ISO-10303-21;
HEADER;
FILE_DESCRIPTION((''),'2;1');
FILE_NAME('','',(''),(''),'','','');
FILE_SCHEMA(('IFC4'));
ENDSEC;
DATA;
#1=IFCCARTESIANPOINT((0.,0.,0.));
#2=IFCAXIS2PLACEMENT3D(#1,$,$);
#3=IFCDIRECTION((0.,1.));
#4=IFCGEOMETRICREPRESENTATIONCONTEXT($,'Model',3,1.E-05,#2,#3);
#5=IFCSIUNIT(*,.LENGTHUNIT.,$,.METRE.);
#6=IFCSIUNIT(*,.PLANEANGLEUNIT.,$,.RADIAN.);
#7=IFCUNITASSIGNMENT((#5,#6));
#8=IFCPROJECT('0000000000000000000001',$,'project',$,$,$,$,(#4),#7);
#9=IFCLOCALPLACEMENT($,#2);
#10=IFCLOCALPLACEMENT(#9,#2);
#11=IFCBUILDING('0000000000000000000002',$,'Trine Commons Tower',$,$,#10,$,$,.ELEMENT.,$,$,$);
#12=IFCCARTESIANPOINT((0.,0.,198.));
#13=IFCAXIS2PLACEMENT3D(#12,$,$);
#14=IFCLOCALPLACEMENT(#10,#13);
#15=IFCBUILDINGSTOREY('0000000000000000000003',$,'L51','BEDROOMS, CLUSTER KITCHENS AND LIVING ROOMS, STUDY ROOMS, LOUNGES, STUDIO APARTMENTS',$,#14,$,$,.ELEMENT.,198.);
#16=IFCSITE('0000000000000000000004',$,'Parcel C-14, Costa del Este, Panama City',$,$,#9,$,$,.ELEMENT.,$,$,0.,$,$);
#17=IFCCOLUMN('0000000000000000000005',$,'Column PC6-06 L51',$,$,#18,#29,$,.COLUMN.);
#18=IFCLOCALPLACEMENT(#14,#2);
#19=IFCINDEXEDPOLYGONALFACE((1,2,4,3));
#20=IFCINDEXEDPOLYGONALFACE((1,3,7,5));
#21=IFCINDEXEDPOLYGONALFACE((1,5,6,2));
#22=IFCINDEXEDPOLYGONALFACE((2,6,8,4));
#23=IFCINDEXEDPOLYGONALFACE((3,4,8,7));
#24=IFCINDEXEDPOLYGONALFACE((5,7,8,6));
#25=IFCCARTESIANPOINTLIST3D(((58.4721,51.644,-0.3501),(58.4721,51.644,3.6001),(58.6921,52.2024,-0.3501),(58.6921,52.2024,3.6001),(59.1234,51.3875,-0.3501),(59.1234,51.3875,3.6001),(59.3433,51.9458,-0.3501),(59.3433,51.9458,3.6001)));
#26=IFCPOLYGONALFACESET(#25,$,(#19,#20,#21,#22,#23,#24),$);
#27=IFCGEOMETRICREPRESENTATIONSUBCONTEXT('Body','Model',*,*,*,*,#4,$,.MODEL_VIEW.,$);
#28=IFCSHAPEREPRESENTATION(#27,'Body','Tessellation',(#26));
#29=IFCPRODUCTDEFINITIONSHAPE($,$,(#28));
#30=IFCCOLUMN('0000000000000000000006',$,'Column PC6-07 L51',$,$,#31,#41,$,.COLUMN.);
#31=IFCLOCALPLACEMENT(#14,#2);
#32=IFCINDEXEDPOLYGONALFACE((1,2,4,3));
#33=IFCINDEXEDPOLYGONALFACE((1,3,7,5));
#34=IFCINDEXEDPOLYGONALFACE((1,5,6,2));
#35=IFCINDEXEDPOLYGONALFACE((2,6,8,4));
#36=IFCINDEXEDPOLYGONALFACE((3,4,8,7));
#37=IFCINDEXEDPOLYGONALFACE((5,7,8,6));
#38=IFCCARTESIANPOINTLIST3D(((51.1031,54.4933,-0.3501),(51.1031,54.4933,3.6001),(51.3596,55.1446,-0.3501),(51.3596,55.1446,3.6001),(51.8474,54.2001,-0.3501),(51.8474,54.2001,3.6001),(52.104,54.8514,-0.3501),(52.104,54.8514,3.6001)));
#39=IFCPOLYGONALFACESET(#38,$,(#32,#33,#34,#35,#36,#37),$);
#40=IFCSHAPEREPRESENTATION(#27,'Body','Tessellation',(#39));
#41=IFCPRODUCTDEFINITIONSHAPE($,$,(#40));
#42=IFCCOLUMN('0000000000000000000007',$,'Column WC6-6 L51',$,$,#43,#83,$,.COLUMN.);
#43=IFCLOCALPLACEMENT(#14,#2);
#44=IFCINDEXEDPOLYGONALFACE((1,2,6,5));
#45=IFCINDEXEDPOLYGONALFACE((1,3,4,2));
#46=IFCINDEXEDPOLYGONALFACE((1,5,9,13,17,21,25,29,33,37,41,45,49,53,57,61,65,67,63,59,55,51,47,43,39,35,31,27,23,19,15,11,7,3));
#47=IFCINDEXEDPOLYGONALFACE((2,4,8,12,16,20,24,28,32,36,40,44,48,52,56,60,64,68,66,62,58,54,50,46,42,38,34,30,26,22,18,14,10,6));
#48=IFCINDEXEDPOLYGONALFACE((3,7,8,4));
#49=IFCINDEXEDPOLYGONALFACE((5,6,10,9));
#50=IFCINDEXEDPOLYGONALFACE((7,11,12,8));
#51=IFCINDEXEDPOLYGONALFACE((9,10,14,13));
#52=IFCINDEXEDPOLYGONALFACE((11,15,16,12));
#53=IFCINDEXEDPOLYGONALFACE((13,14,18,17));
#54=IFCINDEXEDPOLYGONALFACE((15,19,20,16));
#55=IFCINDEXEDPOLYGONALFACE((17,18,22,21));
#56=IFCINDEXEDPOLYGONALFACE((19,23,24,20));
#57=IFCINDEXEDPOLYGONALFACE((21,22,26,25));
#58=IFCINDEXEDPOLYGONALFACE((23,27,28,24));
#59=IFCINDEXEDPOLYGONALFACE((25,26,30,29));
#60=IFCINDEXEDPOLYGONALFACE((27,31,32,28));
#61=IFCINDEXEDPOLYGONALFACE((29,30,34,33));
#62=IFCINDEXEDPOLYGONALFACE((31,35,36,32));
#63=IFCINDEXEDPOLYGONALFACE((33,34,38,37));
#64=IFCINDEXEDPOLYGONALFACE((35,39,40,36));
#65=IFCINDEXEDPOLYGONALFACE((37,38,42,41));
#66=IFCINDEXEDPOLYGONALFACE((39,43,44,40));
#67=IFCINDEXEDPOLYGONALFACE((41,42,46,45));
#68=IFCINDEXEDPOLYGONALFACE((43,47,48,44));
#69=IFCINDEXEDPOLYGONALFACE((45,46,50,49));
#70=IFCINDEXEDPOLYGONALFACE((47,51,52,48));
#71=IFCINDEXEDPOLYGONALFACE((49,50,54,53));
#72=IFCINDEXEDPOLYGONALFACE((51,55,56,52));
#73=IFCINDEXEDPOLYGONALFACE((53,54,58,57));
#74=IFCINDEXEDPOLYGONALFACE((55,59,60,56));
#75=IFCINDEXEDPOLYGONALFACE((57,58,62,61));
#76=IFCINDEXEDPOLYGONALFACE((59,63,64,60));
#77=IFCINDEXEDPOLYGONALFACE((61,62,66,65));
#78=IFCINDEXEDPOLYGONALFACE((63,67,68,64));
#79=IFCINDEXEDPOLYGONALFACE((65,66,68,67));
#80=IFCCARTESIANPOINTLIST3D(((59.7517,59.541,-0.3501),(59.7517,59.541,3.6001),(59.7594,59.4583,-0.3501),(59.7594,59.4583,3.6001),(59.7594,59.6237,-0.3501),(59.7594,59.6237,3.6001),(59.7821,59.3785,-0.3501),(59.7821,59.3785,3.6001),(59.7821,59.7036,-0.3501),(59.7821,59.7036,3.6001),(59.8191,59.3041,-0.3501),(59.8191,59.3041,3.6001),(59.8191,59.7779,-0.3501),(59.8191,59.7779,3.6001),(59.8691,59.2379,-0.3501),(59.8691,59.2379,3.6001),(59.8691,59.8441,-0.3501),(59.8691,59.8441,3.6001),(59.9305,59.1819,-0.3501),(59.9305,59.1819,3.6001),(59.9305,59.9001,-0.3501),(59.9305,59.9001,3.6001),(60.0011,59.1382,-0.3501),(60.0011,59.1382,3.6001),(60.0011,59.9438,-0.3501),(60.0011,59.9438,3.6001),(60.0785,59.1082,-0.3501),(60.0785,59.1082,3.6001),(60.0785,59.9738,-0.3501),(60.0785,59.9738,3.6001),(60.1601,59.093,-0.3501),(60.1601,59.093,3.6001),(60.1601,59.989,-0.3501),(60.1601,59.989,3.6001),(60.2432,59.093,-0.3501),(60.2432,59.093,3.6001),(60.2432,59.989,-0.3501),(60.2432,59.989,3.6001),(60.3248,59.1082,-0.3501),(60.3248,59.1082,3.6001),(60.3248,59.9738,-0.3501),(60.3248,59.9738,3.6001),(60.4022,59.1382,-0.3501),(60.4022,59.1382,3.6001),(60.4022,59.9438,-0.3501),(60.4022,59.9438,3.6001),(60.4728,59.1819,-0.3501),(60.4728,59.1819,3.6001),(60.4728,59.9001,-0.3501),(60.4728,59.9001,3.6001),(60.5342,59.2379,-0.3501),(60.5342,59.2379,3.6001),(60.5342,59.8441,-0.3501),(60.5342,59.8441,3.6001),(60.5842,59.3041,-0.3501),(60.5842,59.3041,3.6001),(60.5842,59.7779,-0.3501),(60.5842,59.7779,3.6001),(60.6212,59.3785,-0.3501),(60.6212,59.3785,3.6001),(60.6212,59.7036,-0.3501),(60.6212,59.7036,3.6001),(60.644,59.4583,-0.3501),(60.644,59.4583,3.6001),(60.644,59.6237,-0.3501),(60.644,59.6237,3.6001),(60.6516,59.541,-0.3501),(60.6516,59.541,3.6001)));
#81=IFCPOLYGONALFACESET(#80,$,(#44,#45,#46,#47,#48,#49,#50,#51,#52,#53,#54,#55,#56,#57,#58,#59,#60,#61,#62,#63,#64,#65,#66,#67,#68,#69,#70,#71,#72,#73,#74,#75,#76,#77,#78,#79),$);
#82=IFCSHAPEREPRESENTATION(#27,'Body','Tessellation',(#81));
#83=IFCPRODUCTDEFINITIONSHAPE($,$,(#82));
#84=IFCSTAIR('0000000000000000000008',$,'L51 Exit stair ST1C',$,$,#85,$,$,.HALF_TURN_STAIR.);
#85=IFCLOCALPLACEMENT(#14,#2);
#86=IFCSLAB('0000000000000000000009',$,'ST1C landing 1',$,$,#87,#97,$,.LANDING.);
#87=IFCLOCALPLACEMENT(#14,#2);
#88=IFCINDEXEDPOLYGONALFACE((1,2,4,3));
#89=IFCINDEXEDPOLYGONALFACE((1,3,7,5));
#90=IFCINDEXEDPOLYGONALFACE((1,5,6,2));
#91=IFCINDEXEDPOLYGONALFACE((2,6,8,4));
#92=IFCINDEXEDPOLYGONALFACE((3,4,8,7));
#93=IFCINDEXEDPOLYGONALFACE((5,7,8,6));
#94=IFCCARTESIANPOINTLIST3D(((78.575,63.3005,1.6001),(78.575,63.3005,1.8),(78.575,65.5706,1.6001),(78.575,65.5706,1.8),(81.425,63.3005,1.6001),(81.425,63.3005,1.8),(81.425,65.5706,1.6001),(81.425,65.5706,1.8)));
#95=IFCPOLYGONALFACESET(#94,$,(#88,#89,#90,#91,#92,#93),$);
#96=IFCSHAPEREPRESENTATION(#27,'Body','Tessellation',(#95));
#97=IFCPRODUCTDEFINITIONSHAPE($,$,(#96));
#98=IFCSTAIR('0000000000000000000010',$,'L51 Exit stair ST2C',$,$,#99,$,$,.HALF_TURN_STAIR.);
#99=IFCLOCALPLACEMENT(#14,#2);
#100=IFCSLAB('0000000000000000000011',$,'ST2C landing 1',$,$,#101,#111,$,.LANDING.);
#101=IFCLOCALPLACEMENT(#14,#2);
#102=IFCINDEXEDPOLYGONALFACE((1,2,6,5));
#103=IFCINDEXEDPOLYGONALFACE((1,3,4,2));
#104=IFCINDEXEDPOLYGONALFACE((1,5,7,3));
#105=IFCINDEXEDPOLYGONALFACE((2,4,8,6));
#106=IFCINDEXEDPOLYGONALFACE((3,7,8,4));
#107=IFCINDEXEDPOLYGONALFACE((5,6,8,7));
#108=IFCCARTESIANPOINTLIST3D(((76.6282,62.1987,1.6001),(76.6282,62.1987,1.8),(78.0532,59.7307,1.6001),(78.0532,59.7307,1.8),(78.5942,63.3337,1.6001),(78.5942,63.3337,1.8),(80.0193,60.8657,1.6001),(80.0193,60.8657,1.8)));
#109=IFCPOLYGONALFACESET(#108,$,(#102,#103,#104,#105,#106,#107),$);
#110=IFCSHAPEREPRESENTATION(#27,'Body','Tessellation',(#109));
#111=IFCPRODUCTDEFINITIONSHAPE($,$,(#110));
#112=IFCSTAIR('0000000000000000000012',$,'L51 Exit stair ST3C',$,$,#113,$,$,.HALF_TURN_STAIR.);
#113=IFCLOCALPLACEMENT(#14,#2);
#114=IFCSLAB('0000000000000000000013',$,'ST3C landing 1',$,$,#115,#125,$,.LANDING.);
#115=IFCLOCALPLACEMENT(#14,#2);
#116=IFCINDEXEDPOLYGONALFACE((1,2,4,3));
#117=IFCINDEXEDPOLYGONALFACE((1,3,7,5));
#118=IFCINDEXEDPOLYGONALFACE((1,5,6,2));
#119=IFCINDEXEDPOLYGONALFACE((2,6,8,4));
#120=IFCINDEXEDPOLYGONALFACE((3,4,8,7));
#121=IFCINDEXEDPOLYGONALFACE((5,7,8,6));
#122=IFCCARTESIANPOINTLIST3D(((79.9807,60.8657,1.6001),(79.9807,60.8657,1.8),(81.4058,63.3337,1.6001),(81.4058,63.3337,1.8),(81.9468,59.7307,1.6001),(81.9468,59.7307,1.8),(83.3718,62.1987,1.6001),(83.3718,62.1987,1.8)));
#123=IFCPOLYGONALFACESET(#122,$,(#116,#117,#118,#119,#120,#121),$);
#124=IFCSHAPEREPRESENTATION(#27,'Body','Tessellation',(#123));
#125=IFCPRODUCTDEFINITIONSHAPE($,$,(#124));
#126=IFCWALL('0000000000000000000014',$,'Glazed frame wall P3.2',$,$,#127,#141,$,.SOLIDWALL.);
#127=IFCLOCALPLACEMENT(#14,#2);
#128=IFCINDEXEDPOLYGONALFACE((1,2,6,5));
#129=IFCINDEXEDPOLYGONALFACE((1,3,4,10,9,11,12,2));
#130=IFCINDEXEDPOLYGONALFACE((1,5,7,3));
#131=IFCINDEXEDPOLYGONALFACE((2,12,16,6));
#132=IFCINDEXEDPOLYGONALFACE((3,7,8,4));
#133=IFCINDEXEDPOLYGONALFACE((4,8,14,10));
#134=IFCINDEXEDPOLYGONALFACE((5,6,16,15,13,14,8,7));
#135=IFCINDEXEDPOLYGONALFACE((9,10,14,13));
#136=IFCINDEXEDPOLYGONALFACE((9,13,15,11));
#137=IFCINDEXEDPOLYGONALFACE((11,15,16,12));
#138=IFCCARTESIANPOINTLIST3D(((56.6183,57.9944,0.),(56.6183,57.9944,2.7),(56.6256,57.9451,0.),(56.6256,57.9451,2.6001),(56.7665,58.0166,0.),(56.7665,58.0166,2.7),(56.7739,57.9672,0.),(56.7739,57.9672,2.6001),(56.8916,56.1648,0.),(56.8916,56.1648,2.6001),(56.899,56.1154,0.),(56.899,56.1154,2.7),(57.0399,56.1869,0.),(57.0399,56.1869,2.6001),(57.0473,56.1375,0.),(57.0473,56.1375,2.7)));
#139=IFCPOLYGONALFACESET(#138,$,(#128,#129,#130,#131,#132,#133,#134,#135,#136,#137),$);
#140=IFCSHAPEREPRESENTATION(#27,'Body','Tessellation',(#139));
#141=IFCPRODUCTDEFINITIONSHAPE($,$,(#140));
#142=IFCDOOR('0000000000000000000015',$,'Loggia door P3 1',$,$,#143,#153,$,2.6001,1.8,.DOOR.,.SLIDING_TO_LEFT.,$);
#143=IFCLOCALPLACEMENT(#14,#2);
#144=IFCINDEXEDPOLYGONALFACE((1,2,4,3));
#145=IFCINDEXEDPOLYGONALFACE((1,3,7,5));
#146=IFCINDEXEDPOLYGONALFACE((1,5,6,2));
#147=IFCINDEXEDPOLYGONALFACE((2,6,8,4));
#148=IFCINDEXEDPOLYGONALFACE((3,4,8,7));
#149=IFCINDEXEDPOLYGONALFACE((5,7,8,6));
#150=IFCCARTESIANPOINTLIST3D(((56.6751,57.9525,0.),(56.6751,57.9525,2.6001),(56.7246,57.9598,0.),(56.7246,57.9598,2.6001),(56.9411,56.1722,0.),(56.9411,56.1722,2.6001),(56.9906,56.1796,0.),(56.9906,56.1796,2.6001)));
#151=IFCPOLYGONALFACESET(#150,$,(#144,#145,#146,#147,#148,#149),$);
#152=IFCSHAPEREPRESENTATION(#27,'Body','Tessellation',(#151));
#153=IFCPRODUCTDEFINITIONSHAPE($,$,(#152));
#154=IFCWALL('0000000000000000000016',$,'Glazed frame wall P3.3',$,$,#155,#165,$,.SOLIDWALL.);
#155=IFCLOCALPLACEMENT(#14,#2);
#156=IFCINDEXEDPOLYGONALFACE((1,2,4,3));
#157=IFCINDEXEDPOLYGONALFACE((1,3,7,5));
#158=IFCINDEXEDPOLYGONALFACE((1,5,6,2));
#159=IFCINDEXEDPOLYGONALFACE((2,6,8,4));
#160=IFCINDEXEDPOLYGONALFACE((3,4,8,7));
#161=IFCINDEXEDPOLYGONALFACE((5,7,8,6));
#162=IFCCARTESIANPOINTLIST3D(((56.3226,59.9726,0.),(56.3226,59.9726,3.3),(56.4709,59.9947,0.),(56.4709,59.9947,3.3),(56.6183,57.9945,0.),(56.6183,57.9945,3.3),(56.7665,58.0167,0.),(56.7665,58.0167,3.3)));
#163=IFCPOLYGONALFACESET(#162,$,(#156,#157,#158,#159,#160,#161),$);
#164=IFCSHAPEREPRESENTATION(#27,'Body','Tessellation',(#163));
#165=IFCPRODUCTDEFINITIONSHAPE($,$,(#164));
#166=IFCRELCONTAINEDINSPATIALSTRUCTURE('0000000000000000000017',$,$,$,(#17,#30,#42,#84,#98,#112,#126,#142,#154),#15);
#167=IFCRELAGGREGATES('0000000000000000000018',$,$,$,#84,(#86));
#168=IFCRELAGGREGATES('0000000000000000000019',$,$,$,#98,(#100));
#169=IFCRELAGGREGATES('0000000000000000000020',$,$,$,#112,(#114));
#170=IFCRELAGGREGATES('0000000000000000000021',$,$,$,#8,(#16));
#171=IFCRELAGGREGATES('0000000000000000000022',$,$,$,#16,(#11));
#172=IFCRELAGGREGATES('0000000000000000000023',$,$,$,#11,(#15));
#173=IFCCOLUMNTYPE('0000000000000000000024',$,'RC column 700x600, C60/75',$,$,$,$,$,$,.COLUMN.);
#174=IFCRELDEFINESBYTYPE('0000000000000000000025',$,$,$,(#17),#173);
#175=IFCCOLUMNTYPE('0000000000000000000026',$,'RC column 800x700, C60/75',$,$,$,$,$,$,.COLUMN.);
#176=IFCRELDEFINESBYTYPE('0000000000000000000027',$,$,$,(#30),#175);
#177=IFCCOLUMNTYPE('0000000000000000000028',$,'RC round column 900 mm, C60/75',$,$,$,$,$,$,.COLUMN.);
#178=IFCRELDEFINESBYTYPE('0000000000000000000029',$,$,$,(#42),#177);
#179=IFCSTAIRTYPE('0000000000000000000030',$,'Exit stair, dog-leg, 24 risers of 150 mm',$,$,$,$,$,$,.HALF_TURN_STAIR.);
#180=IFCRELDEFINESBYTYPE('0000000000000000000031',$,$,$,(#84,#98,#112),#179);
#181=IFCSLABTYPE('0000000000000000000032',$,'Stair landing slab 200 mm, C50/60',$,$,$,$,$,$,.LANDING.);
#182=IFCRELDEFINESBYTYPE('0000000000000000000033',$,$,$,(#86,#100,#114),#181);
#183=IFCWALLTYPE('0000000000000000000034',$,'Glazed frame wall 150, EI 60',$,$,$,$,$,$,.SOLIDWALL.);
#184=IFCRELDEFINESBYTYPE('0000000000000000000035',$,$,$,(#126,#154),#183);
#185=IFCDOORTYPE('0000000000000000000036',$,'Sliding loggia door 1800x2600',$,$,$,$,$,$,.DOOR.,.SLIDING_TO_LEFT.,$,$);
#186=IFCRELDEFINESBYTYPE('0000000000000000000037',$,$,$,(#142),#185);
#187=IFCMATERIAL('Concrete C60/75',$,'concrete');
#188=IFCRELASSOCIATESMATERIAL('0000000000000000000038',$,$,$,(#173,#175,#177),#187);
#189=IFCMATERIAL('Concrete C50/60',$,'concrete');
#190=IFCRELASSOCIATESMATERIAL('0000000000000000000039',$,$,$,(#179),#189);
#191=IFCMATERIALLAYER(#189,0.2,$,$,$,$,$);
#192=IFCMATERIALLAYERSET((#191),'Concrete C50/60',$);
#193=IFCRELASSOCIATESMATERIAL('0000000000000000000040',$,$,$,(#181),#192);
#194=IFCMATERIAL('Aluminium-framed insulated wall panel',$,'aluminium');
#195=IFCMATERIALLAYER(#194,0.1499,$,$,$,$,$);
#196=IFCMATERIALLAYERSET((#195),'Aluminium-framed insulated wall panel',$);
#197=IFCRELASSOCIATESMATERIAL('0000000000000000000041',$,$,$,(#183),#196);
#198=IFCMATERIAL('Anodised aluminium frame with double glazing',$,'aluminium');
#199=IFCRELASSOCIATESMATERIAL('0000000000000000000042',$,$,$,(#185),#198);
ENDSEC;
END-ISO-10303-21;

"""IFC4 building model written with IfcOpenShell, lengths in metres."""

from ifc_helpers import new_model, si_unit, direction, frame, frame_2d, origin, origin_2d, place, context, subcontext, project, spatial, polyline, rectangle, circle, outline, extrude, material, layer, layer_set, material_profile, profile_set, type_object, element, fill, aggregate, save


model = new_model("IFC4")

# Units and contexts
model_context = context("Model", 3, precision=1e-05, world=origin(), true_north=direction((0.0, 1.0)))
body_context = subcontext(model_context, "Body", "Model", "MODEL_VIEW")
ifc_project = project(units=[si_unit("LENGTHUNIT", "METRE"), si_unit("PLANEANGLEUNIT", "RADIAN")], contexts=[model_context])

# Site, building, storey
site_placement = place(None, origin())
site = spatial("IfcSite", under=ifc_project, at=site_placement, Name="Parcel C-14, Costa del Este, Panama City", CompositionType="ELEMENT", RefElevation=0.0)
building_placement = place(site_placement, origin())
building = spatial("IfcBuilding", under=site, at=building_placement, Name="Trine Commons Tower", CompositionType="ELEMENT")
storey_placement = place(building_placement, frame((0.0, 0.0, 198.0)))
storey = spatial("IfcBuildingStorey", under=building, at=storey_placement, Name="L51", Description="BEDROOMS, CLUSTER KITCHENS AND LIVING ROOMS, STUDY ROOMS, LOUNGES, STUDIO APARTMENTS", CompositionType="ELEMENT", Elevation=198.0)

# Columns
ifc_material_1 = material(Name="Concrete C60/75", Category="concrete")
ifc_material_profile_1 = material_profile(ifc_material_1, rectangle(XDim=0.7, YDim=0.6001, at=origin_2d()), Name="RC 700x600")
ifc_profile_set_1 = profile_set([ifc_material_profile_1], Name="Concrete C60/75")
column_type_1 = type_object("IfcColumnType", Name="RC column 700x600, C60/75", PredefinedType="COLUMN", material=ifc_profile_set_1)
column_1_placement = place(storey_placement, frame((58.9077, 51.7949, -0.3501), z_axis=(0.0, 0.0, 1.0), x_axis=(-0.930418, 0.366501, 0.0)))
element("IfcColumn", 1, at=column_1_placement, inside=storey, type_object=column_type_1, Name="Column PC6-06 L51", PredefinedType="COLUMN", context=body_context, shape_type="SweptSolid", body=[
    extrude(rectangle(XDim=0.7, YDim=0.6001, at=origin_2d()), origin(), (0.0, 0.0, 1.0), 3.9502),
])
ifc_material_profile_2 = material_profile(ifc_material_1, rectangle(XDim=0.8, YDim=0.7, at=origin_2d()), Name="RC 800x700")
ifc_profile_set_2 = profile_set([ifc_material_profile_2], Name="Concrete C60/75")
column_type_2 = type_object("IfcColumnType", Name="RC column 800x700, C60/75", PredefinedType="COLUMN", material=ifc_profile_set_2)
column_2_placement = place(storey_placement, frame((51.6035, 54.6724, -0.3501), z_axis=(0.0, 0.0, 1.0), x_axis=(-0.930418, 0.366501, 0.0)))
element("IfcColumn", 2, at=column_2_placement, inside=storey, type_object=column_type_2, Name="Column PC6-07 L51", PredefinedType="COLUMN", context=body_context, shape_type="SweptSolid", body=[
    extrude(rectangle(XDim=0.8, YDim=0.7, at=origin_2d()), origin(), (0.0, 0.0, 1.0), 3.9502),
])
ifc_material_profile_3 = material_profile(ifc_material_1, circle(Radius=0.45, at=origin_2d()), Name="RC round 900")
ifc_profile_set_3 = profile_set([ifc_material_profile_3], Name="Concrete C60/75")
column_type_3 = type_object("IfcColumnType", Name="RC round column 900 mm, C60/75", PredefinedType="COLUMN", material=ifc_profile_set_3)
column_3_placement = place(storey_placement, frame((60.2017, 59.541, -0.3501), z_axis=(0.0, 0.0, 1.0), x_axis=(1.0, 0.0, 0.0)))
element("IfcColumn", 3, at=column_3_placement, inside=storey, type_object=column_type_3, Name="Column WC6-6 L51", PredefinedType="COLUMN", context=body_context, shape_type="SweptSolid", body=[
    extrude(circle(Radius=0.45, at=origin_2d()), origin(), (0.0, 0.0, 1.0), 3.9502),
])

# Stairs, slabs
ifc_material_2 = material(Name="Concrete C50/60", Category="concrete")
stair_type = type_object("IfcStairType", Name="Exit stair, dog-leg, 24 risers of 150 mm", PredefinedType="HALF_TURN_STAIR", material=ifc_material_2)
stair_1_placement = place(storey_placement, origin())
stair_1 = element("IfcStair", 4, at=stair_1_placement, inside=storey, type_object=stair_type, Name="L51 Exit stair ST1C", PredefinedType="HALF_TURN_STAIR")
ifc_layer_1 = layer(ifc_material_2, 0.2)
ifc_layer_set_1 = layer_set([ifc_layer_1], Name="Concrete C50/60")
slab_type = type_object("IfcSlabType", Name="Stair landing slab 200 mm, C50/60", PredefinedType="LANDING", material=ifc_layer_set_1)
slab_1_placement = place(storey_placement, frame((0.0, 0.0, 1.6001)))
slab_1 = element("IfcSlab", 5, at=slab_1_placement, type_object=slab_type, Name="ST1C landing 1", PredefinedType="LANDING", context=body_context, shape_type="SweptSolid", body=[
    extrude(outline(polyline([(78.575, 65.5706), (78.575, 63.3005), (81.425, 63.3005), (81.425, 65.5706), (78.575, 65.5706)])), origin(), (0.0, 0.0, 1.0), 0.2),
])
aggregate(stair_1, [slab_1])
stair_2_placement = place(storey_placement, origin())
stair_2 = element("IfcStair", 6, at=stair_2_placement, inside=storey, type_object=stair_type, Name="L51 Exit stair ST2C", PredefinedType="HALF_TURN_STAIR")
slab_2_placement = place(storey_placement, frame((0.0, 0.0, 1.6001)))
slab_2 = element("IfcSlab", 7, at=slab_2_placement, type_object=slab_type, Name="ST2C landing 1", PredefinedType="LANDING", context=body_context, shape_type="SweptSolid", body=[
    extrude(outline(polyline([(78.0532, 59.7307), (80.0193, 60.8657), (78.5942, 63.3337), (76.6282, 62.1987), (78.0532, 59.7307)])), origin(), (0.0, 0.0, 1.0), 0.2),
])
aggregate(stair_2, [slab_2])
stair_3_placement = place(storey_placement, origin())
stair_3 = element("IfcStair", 8, at=stair_3_placement, inside=storey, type_object=stair_type, Name="L51 Exit stair ST3C", PredefinedType="HALF_TURN_STAIR")
slab_3_placement = place(storey_placement, frame((0.0, 0.0, 1.6001)))
slab_3 = element("IfcSlab", 9, at=slab_3_placement, type_object=slab_type, Name="ST3C landing 1", PredefinedType="LANDING", context=body_context, shape_type="SweptSolid", body=[
    extrude(outline(polyline([(83.3718, 62.1987), (81.4058, 63.3337), (79.9807, 60.8657), (81.9468, 59.7307), (83.3718, 62.1987)])), origin(), (0.0, 0.0, 1.0), 0.2),
])
aggregate(stair_3, [slab_3])

# Shared definitions
ifc_material_3 = material(Name="Aluminium-framed insulated wall panel", Category="aluminium")
ifc_layer_2 = layer(ifc_material_3, 0.1499)
ifc_layer_set_2 = layer_set([ifc_layer_2], Name="Aluminium-framed insulated wall panel")
wall_type_1 = type_object("IfcWallType", Name="Glazed frame wall 150, EI 60", PredefinedType="SOLIDWALL", material=ifc_layer_set_2)

# Wall, opening, door
wall_1_placement = place(storey_placement, frame((56.9731, 56.1265, 0.0), z_axis=(0.0, 0.0, 1.0), x_axis=(-0.147769, 0.989022, 0.0)))
wall_1 = element("IfcWall", 10, at=wall_1_placement, inside=storey, type_object=wall_type_1, Name="Glazed frame wall P3.2", PredefinedType="SOLIDWALL", context=body_context, shape_type="SweptSolid", body=[
    extrude(outline(polyline([(0.0, -0.075), (1.8999, -0.075), (1.8999, 0.075), (0.0, 0.075), (0.0, -0.075)])), origin(), (0.0, 0.0, 1.0), 2.7),
])
opening_1_placement = place(wall_1_placement, frame((0.05, 0.0, 0.0)))
opening_1 = element("IfcOpeningElement", 11, at=opening_1_placement, cuts=wall_1, PredefinedType="OPENING", context=body_context, shape_type="SweptSolid", body=[
    extrude(rectangle(XDim=1.8, YDim=2.6001, at=frame_2d((0.8999, 1.3))), frame((0.0, 0.085, 0.0), z_axis=(0.0, -1.0, 0.0), x_axis=(1.0, 0.0, 0.0)), (0.0, 0.0, 1.0), 0.1699),
])
ifc_material_4 = material(Name="Anodised aluminium frame with double glazing", Category="aluminium")
door_type_1 = type_object("IfcDoorType", Name="Sliding loggia door 1800x2600", OperationType="SLIDING_TO_LEFT", PredefinedType="DOOR", material=ifc_material_4)
door_1_placement = place(opening_1_placement, origin())
door_1 = element("IfcDoor", 12, at=door_1_placement, inside=storey, type_object=door_type_1, Name="Loggia door P3 1", OperationType="SLIDING_TO_LEFT", OverallHeight=2.6001, OverallWidth=1.8, PredefinedType="DOOR", context=body_context, shape_type="SweptSolid", body=[
    extrude(rectangle(XDim=1.8, YDim=2.6001, at=frame_2d((0.8999, 1.3))), frame((0.0, 0.0249, 0.0), z_axis=(0.0, -1.0, 0.0), x_axis=(1.0, 0.0, 0.0)), (0.0, 0.0, 1.0), 0.05),
])
fill(opening_1, door_1)

# Wall
wall_2_placement = place(storey_placement, frame((56.6924, 58.0056, 0.0), z_axis=(0.0, 0.0, 1.0), x_axis=(-0.147827, 0.989013, 0.0)))
element("IfcWall", 13, at=wall_2_placement, inside=storey, type_object=wall_type_1, Name="Glazed frame wall P3.3", PredefinedType="SOLIDWALL", context=body_context, shape_type="SweptSolid", body=[
    extrude(outline(polyline([(0.0, -0.075), (2.0, -0.075), (2.0, 0.075), (0.0, 0.075), (0.0, -0.075)])), origin(), (0.0, 0.0, 1.0), 3.3),
])

save(model, "model.ifc")
